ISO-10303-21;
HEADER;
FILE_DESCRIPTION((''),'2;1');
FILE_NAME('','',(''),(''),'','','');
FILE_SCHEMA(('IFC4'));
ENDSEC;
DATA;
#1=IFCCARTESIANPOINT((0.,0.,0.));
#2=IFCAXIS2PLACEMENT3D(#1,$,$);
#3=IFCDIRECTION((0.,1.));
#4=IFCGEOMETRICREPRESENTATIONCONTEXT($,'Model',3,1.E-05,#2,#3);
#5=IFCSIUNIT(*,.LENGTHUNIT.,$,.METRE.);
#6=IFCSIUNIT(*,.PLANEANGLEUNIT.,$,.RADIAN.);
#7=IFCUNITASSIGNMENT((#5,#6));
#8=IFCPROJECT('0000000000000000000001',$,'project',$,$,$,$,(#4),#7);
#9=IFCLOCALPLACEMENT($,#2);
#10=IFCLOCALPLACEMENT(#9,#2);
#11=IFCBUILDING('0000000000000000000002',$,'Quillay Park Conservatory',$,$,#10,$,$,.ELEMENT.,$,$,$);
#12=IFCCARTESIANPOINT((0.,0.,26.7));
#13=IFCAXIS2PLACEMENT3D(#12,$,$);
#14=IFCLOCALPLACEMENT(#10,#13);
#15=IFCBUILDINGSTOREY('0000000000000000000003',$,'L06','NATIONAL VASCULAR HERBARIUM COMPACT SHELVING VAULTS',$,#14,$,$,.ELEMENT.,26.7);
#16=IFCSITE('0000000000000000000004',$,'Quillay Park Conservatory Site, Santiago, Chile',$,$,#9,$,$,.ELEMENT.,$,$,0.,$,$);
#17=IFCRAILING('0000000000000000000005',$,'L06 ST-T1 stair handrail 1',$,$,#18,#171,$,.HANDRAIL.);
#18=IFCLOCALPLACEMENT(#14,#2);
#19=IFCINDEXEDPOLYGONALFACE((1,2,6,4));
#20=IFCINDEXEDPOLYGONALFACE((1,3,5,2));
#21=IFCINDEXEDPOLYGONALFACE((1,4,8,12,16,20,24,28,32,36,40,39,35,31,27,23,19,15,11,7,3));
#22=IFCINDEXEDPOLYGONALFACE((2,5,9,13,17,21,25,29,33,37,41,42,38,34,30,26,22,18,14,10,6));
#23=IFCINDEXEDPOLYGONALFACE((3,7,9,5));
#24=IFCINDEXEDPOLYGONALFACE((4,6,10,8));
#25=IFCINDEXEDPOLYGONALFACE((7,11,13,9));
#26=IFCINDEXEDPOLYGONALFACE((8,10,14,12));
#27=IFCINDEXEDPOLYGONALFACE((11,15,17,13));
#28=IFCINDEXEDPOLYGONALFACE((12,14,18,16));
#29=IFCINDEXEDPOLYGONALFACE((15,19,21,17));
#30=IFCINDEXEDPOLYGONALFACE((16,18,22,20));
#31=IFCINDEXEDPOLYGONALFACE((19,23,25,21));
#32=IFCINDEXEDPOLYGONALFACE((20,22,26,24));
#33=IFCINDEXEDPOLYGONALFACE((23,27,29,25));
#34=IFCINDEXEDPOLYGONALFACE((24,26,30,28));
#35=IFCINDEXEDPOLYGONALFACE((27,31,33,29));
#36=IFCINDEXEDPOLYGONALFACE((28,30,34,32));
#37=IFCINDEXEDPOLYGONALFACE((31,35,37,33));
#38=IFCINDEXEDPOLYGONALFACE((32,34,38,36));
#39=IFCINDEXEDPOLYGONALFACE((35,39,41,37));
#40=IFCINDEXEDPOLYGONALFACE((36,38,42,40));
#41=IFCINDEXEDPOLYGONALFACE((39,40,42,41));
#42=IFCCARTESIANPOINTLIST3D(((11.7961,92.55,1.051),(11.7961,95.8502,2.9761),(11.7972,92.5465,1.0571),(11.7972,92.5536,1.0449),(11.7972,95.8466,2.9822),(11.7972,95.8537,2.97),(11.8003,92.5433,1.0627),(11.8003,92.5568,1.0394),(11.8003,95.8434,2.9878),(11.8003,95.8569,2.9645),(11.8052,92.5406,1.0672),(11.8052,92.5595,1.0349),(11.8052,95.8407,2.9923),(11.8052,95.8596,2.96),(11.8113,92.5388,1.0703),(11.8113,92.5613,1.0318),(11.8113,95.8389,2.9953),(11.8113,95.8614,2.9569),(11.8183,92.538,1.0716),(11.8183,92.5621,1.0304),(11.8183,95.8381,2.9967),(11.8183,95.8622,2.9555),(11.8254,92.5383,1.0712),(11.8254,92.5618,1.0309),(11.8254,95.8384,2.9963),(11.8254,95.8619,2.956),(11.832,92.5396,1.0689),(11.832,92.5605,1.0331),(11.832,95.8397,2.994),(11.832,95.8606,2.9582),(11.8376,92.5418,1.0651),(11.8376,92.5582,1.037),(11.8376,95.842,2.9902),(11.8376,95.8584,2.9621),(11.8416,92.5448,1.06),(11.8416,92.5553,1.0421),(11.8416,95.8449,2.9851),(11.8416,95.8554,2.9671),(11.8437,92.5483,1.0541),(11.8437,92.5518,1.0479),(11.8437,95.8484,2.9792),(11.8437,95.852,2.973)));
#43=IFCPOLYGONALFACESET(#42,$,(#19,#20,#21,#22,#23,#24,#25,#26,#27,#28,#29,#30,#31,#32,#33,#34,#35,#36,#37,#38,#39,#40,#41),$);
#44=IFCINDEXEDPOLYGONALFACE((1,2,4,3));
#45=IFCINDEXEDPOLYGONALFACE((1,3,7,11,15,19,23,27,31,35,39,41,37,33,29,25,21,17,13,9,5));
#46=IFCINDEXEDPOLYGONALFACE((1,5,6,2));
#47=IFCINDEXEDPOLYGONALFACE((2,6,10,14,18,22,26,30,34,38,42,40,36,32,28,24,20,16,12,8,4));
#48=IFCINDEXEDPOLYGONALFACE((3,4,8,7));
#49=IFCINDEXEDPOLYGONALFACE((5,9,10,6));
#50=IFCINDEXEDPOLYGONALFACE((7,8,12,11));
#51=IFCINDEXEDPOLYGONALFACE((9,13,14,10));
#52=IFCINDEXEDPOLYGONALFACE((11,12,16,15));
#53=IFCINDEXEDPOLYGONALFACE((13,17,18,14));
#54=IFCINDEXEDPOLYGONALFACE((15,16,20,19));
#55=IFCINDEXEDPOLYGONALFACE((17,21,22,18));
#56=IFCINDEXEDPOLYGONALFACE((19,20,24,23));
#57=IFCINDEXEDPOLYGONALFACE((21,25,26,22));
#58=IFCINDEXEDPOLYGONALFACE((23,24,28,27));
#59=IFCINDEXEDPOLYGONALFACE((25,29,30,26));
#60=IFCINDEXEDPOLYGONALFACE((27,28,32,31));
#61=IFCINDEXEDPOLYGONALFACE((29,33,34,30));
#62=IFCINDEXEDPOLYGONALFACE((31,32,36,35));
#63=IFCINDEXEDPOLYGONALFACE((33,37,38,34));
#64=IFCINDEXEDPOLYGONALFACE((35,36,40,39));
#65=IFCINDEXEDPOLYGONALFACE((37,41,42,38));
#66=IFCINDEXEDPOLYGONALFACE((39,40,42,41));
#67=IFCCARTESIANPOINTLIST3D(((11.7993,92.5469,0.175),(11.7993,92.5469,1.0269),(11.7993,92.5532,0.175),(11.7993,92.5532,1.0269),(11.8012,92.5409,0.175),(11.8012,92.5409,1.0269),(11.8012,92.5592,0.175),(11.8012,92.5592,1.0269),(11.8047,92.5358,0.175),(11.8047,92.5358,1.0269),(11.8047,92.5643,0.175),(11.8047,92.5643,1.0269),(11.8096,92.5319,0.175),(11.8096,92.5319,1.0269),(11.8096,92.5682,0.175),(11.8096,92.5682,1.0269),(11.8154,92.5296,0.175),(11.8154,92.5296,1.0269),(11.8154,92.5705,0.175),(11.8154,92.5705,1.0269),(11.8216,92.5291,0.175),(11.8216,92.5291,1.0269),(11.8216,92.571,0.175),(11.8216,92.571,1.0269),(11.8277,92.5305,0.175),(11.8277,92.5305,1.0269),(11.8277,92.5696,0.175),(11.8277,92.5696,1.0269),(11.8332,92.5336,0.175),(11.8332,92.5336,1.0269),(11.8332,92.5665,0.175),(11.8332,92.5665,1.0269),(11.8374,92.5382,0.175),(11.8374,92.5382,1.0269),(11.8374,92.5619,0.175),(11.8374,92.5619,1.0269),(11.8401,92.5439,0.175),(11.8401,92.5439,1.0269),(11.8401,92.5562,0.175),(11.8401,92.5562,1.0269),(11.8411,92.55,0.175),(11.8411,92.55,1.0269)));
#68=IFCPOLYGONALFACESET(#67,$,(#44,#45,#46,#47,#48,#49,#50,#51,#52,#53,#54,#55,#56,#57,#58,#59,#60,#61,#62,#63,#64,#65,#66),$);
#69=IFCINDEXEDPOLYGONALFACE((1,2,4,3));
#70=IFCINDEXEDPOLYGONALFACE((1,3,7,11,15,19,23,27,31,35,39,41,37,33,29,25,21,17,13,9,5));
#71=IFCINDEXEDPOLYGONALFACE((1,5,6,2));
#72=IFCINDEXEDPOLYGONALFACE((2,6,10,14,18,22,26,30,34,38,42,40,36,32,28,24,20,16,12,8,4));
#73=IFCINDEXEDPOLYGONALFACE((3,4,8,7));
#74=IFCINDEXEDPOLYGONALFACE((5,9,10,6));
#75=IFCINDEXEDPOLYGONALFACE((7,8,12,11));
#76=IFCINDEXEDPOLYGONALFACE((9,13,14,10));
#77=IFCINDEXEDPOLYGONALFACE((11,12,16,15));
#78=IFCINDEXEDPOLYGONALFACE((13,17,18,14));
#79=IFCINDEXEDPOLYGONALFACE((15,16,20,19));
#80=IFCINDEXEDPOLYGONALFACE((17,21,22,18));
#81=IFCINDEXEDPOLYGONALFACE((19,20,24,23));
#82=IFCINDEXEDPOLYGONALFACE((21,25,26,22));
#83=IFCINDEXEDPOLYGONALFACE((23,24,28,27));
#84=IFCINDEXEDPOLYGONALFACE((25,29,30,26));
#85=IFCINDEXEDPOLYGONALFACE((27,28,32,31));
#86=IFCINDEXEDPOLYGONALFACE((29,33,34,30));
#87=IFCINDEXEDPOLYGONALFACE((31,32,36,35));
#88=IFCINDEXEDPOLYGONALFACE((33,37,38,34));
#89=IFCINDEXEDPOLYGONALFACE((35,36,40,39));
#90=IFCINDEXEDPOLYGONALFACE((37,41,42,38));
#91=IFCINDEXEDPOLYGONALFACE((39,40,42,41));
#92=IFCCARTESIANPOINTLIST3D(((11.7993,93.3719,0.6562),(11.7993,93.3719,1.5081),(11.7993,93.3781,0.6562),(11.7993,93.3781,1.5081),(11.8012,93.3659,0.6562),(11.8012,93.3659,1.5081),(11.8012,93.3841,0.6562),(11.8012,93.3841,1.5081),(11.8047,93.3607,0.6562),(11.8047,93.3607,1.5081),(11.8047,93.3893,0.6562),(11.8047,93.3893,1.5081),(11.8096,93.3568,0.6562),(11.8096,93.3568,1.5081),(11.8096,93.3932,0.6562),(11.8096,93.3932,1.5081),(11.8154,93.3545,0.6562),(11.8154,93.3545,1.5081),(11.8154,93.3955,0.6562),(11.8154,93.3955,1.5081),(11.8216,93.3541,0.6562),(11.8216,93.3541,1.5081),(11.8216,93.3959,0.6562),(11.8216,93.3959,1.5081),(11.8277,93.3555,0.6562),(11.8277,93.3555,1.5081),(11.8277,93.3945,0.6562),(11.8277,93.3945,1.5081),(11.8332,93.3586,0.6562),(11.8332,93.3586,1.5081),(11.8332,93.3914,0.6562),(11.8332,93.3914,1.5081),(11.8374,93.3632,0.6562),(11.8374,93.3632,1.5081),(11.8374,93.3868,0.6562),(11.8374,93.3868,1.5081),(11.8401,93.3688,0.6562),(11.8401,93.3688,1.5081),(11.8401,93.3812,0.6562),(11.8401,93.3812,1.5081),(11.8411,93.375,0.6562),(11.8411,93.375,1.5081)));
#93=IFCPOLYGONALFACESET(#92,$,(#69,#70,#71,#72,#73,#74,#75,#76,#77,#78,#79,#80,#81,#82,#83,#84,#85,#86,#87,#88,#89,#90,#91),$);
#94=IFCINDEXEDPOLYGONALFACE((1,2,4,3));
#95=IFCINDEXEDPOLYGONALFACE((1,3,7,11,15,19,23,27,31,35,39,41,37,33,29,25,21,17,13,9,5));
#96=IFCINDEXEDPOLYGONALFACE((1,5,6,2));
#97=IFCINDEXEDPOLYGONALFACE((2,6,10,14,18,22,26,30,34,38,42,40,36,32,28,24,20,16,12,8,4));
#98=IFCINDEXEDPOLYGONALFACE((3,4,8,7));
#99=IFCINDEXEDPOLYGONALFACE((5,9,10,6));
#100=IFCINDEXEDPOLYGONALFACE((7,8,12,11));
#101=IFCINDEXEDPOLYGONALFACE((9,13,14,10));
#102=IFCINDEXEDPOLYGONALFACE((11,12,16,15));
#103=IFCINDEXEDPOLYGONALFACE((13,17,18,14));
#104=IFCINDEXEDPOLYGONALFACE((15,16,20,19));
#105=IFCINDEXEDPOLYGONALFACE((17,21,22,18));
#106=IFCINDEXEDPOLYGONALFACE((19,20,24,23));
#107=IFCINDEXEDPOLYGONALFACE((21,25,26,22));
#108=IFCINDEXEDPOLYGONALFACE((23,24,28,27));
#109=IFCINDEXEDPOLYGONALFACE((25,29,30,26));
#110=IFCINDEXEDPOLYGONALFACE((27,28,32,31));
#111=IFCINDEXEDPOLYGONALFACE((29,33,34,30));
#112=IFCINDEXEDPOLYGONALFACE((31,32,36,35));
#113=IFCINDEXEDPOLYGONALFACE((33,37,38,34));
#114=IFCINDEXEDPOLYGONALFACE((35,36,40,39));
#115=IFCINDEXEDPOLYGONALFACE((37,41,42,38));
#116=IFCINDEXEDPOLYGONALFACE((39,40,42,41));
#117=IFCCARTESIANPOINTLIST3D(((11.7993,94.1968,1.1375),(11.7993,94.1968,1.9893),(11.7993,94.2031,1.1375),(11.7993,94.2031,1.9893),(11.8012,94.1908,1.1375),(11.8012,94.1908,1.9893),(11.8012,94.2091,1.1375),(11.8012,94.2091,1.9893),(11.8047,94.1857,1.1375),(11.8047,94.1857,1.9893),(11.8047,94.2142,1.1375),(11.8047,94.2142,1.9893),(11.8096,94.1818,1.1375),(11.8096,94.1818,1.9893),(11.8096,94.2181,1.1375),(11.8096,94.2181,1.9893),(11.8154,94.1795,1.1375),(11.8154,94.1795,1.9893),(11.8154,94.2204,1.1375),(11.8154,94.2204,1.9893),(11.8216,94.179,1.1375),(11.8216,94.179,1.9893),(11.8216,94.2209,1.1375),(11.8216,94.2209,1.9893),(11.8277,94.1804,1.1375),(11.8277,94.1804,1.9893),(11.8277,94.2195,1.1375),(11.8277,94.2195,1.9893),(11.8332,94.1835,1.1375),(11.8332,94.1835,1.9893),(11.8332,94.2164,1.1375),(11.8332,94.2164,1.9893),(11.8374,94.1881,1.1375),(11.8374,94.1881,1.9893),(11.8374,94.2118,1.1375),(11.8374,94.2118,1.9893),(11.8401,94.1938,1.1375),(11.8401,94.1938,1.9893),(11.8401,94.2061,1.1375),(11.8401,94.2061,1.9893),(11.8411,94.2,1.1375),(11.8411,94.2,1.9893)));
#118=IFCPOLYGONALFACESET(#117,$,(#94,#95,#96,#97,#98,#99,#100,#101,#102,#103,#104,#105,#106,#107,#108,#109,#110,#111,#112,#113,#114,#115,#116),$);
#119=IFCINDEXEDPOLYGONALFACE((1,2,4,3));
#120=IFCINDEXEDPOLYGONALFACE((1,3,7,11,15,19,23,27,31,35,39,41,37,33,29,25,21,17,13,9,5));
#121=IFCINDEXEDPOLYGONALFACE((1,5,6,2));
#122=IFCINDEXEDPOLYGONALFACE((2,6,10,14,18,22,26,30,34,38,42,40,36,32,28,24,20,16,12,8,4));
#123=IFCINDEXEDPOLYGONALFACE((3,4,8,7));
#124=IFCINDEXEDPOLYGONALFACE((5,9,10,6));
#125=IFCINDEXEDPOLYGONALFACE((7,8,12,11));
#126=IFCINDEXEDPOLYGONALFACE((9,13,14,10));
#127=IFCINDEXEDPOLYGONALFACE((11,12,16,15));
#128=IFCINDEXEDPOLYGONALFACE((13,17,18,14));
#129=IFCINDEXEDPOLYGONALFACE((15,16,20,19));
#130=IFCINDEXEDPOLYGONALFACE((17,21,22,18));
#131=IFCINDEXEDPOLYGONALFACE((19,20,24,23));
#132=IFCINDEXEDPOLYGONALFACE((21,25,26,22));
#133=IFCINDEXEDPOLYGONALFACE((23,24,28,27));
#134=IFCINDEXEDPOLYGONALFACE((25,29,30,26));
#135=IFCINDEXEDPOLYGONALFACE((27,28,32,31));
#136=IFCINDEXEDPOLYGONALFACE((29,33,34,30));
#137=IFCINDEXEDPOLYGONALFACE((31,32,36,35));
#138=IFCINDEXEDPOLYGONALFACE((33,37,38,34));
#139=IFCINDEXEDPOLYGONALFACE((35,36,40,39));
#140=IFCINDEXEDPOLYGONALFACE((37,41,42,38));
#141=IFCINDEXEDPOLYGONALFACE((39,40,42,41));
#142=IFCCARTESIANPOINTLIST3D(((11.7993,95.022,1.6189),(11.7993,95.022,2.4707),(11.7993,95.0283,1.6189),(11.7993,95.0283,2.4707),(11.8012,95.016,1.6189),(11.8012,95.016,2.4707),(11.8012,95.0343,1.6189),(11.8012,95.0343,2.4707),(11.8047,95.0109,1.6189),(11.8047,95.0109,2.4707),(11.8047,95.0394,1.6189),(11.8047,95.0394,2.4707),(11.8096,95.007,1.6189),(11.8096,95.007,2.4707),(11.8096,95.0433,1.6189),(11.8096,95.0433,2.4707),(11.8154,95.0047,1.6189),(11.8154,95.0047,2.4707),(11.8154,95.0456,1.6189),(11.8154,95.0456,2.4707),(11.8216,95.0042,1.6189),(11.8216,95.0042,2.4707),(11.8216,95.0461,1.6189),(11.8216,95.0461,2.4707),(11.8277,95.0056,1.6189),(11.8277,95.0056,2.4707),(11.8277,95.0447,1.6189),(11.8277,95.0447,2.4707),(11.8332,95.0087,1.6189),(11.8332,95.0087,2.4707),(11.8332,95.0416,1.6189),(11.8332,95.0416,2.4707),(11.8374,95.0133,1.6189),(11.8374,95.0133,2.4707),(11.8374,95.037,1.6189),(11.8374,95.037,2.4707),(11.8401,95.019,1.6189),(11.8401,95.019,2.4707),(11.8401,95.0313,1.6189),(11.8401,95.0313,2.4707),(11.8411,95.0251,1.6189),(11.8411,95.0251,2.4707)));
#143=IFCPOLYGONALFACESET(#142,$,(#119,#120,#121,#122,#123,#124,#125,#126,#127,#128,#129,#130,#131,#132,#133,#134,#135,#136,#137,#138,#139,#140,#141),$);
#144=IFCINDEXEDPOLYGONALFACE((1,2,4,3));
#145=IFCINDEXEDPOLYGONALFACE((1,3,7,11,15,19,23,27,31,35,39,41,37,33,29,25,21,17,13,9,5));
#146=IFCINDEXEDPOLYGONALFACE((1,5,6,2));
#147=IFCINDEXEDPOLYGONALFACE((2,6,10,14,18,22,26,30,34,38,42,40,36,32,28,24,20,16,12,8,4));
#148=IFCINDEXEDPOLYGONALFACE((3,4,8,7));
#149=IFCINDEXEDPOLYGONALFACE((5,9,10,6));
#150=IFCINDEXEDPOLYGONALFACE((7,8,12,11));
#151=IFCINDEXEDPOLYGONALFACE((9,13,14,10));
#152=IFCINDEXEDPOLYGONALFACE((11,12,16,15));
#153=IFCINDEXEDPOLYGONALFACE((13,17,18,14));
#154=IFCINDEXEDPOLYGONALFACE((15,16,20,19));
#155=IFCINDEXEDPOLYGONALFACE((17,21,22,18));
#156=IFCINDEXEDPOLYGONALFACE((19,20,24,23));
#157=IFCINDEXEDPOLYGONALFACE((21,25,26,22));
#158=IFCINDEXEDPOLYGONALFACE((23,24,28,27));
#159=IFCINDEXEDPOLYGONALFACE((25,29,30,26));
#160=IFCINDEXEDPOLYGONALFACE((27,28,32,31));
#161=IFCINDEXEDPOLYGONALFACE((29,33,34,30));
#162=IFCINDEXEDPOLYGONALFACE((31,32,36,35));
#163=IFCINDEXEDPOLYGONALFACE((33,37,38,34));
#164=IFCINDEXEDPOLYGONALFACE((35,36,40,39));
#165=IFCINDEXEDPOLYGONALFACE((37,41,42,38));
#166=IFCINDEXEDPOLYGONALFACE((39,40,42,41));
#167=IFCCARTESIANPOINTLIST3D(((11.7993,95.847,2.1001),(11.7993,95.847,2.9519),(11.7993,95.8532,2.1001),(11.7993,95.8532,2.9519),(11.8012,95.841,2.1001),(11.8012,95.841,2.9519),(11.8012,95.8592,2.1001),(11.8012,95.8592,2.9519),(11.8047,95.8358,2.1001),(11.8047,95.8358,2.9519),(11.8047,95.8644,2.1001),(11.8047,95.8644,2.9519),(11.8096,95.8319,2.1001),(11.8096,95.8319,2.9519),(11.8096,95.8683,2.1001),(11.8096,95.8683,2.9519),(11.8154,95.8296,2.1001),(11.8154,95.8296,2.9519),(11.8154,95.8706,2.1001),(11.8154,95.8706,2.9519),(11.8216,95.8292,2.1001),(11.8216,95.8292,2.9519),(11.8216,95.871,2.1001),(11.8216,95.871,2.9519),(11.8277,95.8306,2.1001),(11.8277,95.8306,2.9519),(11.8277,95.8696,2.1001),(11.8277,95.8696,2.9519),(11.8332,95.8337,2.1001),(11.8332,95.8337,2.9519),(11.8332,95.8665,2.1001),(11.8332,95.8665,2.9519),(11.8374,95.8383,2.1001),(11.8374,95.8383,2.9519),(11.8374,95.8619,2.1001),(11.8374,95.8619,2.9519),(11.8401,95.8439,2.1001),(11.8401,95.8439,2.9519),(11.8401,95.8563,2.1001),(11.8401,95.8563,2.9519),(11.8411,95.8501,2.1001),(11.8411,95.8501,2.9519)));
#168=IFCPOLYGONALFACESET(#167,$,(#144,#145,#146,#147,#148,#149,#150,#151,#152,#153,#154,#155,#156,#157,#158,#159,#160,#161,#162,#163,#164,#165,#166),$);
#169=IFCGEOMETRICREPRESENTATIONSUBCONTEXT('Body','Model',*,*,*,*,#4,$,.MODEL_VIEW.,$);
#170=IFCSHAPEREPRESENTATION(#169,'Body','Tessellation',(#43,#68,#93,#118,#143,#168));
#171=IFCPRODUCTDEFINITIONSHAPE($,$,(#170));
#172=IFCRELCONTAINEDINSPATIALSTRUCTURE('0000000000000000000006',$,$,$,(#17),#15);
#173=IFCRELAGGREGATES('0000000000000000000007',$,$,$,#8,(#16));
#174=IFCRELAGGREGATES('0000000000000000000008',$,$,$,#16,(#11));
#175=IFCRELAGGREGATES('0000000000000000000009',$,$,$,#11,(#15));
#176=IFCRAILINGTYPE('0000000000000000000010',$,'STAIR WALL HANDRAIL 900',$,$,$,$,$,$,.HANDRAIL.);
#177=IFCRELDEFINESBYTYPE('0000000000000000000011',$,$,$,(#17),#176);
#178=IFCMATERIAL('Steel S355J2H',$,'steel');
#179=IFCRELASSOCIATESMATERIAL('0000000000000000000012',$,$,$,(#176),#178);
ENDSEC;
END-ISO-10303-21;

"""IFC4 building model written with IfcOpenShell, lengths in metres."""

from ifc_helpers import new_model, si_unit, direction, frame, origin, origin_2d, place, context, subcontext, project, spatial, circle, extrude, material, type_object, element, save


model = new_model("IFC4")

# Units and contexts
model_context = context("Model", 3, precision=1e-05, world=origin(), true_north=direction((0.0, 1.0)))
body_context = subcontext(model_context, "Body", "Model", "MODEL_VIEW")
ifc_project = project(units=[si_unit("LENGTHUNIT", "METRE"), si_unit("PLANEANGLEUNIT", "RADIAN")], contexts=[model_context])

# Site, building, storey
site_placement = place(None, origin())
site = spatial("IfcSite", under=ifc_project, at=site_placement, Name="Quillay Park Conservatory Site, Santiago, Chile", CompositionType="ELEMENT", RefElevation=0.0)
building_placement = place(site_placement, origin())
building = spatial("IfcBuilding", under=site, at=building_placement, Name="Quillay Park Conservatory", CompositionType="ELEMENT")
storey_placement = place(building_placement, frame((0.0, 0.0, 26.7)))
storey = spatial("IfcBuildingStorey", under=building, at=storey_placement, Name="L06", Description="NATIONAL VASCULAR HERBARIUM COMPACT SHELVING VAULTS", CompositionType="ELEMENT", Elevation=26.7)

# Railing
ifc_material_1 = material(Name="Steel S355J2H", Category="steel")
railing_type_1 = type_object("IfcRailingType", Name="STAIR WALL HANDRAIL 900", PredefinedType="HANDRAIL", material=ifc_material_1)
railing_1_placement = place(storey_placement, frame((11.8201, 92.55, 0.175)))
element("IfcRailing", 1, at=railing_1_placement, inside=storey, type_object=railing_type_1, Name="L06 ST-T1 stair handrail 1", PredefinedType="HANDRAIL", context=body_context, shape_type="SweptSolid", body=[
    extrude(circle(Radius=0.0239, at=origin_2d()), frame((0.0, 0.0, 0.876), z_axis=(0.0, 0.863777, 0.503875), x_axis=(-1.0, 0.0, 0.0)), (0.0, 0.0, 1.0), 3.8206),
    extrude(circle(Radius=0.021, at=origin_2d()), origin(), (0.0, 0.0, 1.0), 0.8518),
    extrude(circle(Radius=0.021, at=origin_2d()), frame((0.0, 0.825, 0.4812)), (0.0, 0.0, 1.0), 0.8518),
    extrude(circle(Radius=0.021, at=origin_2d()), frame((0.0, 1.6499, 0.9624)), (0.0, 0.0, 1.0), 0.8518),
    extrude(circle(Radius=0.021, at=origin_2d()), frame((0.0, 2.4751, 1.4438)), (0.0, 0.0, 1.0), 0.8518),
    extrude(circle(Radius=0.021, at=origin_2d()), frame((0.0, 3.3, 1.925)), (0.0, 0.0, 1.0), 0.8518),
])

save(model, "model.ifc")
